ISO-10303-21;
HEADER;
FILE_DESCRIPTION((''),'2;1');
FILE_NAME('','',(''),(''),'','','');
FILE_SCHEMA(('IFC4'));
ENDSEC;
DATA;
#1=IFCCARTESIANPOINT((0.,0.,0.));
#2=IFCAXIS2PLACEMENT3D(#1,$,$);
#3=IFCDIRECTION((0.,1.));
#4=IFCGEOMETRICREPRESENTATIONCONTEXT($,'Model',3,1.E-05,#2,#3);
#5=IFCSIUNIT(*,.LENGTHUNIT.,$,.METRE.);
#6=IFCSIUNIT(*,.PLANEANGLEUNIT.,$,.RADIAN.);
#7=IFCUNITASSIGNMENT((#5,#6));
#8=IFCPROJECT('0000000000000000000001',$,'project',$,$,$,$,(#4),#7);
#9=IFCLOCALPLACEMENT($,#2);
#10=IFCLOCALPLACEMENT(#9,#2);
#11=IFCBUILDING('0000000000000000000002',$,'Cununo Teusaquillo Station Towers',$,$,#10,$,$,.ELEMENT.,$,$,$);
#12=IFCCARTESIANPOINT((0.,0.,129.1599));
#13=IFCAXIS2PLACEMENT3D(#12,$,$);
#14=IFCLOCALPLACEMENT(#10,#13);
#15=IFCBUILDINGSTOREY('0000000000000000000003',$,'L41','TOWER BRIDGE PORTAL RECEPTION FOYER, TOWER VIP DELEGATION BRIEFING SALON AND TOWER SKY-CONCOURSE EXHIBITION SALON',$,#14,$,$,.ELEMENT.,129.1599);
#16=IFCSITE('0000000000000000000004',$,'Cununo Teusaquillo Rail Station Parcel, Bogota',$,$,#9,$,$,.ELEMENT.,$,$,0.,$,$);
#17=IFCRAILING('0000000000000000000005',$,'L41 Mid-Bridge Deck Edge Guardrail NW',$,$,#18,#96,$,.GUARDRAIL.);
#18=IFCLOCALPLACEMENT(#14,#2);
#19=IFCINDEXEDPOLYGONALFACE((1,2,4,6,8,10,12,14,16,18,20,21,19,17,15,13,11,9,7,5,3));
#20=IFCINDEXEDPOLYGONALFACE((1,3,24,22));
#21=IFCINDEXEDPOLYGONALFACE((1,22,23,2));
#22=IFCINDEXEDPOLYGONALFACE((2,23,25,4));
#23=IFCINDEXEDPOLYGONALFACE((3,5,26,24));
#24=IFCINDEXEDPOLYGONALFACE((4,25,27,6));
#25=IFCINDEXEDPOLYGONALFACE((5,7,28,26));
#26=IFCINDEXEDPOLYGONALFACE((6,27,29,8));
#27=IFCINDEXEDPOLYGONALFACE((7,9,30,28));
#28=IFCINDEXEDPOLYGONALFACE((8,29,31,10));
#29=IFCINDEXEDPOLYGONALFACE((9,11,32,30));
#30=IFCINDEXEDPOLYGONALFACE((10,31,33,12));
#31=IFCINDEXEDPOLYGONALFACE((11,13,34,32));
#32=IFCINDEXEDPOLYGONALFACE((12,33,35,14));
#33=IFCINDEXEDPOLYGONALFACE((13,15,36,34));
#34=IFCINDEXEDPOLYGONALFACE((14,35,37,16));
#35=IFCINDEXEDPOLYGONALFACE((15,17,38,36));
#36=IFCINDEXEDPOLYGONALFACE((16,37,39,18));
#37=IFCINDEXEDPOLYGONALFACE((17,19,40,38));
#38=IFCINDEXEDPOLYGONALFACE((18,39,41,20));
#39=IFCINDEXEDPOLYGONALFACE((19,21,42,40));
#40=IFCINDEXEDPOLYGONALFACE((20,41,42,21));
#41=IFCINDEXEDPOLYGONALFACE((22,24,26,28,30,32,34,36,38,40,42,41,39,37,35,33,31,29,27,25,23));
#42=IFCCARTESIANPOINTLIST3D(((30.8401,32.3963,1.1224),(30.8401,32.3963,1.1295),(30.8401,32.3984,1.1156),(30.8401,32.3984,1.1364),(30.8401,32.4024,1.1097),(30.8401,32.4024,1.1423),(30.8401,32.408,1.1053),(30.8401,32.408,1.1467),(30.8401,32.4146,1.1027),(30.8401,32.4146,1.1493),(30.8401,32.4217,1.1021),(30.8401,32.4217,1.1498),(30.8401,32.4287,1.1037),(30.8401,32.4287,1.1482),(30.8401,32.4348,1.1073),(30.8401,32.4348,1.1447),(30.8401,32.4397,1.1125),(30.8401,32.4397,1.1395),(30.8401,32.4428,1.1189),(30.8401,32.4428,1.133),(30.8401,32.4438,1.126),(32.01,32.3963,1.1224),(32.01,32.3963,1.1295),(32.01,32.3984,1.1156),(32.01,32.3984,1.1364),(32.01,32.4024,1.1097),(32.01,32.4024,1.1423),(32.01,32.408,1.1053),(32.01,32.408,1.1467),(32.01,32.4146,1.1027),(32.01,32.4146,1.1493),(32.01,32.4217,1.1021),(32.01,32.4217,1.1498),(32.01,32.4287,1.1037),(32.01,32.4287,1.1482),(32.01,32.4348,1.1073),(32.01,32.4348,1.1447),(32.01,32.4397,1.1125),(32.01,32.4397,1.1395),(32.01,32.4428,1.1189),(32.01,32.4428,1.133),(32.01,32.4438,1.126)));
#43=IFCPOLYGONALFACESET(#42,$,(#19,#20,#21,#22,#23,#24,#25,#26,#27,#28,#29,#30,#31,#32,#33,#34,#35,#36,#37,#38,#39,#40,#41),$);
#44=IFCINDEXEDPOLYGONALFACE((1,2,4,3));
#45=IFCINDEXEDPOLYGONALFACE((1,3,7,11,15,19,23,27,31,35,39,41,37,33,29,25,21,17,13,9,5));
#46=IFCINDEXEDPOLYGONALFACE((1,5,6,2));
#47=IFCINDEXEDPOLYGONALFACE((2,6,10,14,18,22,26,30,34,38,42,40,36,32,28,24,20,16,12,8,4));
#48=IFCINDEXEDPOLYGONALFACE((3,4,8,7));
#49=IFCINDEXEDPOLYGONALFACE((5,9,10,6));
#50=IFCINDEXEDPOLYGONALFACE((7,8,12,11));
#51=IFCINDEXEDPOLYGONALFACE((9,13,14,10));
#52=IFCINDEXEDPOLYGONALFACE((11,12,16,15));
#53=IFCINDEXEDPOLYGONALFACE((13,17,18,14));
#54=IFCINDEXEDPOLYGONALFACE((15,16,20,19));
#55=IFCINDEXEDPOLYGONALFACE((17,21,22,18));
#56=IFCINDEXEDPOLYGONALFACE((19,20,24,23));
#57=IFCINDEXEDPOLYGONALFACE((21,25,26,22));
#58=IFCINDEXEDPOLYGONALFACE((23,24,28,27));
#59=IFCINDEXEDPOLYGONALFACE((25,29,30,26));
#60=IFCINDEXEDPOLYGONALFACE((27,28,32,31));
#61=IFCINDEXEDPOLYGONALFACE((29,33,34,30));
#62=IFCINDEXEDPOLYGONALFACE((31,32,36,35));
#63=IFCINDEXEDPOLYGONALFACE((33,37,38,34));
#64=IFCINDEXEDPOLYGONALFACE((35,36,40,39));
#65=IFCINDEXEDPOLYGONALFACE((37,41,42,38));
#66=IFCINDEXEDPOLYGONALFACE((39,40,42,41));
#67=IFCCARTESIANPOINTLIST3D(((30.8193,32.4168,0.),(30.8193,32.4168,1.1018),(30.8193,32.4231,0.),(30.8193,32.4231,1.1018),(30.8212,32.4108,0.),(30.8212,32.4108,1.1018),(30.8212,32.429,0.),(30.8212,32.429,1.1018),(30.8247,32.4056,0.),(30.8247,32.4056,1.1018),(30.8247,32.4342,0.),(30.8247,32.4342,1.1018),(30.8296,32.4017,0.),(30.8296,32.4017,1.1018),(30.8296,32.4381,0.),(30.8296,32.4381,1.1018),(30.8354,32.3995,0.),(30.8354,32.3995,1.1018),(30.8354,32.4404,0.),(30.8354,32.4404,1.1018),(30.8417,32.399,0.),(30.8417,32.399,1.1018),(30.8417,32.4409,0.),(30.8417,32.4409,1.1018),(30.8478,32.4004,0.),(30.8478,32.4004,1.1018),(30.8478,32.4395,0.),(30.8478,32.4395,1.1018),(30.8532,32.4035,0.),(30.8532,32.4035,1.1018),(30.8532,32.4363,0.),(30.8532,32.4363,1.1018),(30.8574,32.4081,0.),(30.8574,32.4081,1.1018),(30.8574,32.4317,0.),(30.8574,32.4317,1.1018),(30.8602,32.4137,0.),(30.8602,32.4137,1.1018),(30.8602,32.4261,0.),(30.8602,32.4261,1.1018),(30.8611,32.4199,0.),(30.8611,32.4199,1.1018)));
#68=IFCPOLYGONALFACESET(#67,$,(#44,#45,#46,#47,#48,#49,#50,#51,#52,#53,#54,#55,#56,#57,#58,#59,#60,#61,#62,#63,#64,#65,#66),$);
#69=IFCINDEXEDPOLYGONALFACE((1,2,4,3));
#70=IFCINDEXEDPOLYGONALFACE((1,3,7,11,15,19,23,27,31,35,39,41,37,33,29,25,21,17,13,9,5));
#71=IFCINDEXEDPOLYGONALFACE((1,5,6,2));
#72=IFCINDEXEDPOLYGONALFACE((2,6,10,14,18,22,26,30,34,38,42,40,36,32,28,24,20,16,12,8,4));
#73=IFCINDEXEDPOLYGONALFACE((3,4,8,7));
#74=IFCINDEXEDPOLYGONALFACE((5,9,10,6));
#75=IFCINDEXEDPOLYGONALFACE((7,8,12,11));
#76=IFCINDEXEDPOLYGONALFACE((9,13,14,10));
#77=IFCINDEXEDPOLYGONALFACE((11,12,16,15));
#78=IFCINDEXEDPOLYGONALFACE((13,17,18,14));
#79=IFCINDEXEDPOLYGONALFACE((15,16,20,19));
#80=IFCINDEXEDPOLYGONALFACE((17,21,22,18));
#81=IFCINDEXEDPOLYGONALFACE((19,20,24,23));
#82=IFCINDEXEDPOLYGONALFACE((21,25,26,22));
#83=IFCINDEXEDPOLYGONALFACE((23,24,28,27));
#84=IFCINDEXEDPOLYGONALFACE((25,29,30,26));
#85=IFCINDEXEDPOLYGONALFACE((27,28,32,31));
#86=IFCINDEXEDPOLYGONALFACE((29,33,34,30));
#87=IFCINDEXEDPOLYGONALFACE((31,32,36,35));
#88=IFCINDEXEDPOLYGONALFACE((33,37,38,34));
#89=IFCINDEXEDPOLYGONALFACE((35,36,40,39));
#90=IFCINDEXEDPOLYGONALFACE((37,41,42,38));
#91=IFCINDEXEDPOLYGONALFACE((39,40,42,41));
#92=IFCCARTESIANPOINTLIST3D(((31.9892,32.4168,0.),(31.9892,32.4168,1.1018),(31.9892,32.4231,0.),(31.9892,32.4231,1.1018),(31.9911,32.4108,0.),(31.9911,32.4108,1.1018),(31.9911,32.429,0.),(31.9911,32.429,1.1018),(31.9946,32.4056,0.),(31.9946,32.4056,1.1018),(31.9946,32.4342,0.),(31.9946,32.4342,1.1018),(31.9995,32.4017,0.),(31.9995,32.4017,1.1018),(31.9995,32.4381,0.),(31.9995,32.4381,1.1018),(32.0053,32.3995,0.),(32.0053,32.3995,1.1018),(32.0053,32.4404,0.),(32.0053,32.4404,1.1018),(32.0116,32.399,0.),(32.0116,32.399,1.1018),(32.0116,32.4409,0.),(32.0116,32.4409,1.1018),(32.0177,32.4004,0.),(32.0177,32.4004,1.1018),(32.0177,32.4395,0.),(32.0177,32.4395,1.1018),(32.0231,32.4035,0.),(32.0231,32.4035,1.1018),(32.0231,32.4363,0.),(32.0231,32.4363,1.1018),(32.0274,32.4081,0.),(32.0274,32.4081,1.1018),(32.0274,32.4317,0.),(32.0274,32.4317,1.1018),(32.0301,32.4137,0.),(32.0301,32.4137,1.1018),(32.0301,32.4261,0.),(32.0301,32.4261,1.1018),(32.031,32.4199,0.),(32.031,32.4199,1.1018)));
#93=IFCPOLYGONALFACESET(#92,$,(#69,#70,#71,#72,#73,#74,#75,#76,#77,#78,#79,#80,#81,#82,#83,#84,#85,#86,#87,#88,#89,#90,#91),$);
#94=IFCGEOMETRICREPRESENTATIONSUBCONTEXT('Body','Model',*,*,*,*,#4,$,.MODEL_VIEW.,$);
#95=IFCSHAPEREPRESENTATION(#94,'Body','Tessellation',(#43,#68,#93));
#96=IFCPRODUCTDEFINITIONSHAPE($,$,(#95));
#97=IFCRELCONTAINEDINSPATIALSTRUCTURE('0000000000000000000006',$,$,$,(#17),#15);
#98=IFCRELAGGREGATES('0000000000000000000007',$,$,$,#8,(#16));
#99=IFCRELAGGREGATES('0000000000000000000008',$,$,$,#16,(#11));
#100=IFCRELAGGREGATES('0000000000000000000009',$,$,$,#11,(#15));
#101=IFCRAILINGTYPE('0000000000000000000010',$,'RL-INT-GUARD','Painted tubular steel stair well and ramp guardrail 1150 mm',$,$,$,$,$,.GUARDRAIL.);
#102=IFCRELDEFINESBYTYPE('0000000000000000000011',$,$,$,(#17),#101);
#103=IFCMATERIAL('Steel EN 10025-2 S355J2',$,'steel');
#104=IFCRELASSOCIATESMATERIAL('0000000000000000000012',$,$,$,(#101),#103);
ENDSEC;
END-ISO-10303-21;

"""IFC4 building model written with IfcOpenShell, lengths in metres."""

from ifc_helpers import new_model, si_unit, direction, frame, origin, origin_2d, place, context, subcontext, project, spatial, circle, extrude, material, type_object, element, save


model = new_model("IFC4")

# Units and contexts
model_context = context("Model", 3, precision=1e-05, world=origin(), true_north=direction((0.0, 1.0)))
body_context = subcontext(model_context, "Body", "Model", "MODEL_VIEW")
ifc_project = project(units=[si_unit("LENGTHUNIT", "METRE"), si_unit("PLANEANGLEUNIT", "RADIAN")], contexts=[model_context])

# Site, building, storey
site_placement = place(None, origin())
site = spatial("IfcSite", under=ifc_project, at=site_placement, Name="Cununo Teusaquillo Rail Station Parcel, Bogota", CompositionType="ELEMENT", RefElevation=0.0)
building_placement = place(site_placement, origin())
building = spatial("IfcBuilding", under=site, at=building_placement, Name="Cununo Teusaquillo Station Towers", CompositionType="ELEMENT")
storey_placement = place(building_placement, frame((0.0, 0.0, 129.1599)))
storey = spatial("IfcBuildingStorey", under=building, at=storey_placement, Name="L41", Description="TOWER BRIDGE PORTAL RECEPTION FOYER, TOWER VIP DELEGATION BRIEFING SALON AND TOWER SKY-CONCOURSE EXHIBITION SALON", CompositionType="ELEMENT", Elevation=129.1599)

# Railing
ifc_material_1 = material(Name="Steel EN 10025-2 S355J2", Category="steel")
railing_type = type_object("IfcRailingType", Name="RL-INT-GUARD", Description="Painted tubular steel stair well and ramp guardrail 1150 mm", PredefinedType="GUARDRAIL", material=ifc_material_1)
railing_placement = place(storey_placement, frame((30.8401, 32.4199, 0.0)))
element("IfcRailing", 1, at=railing_placement, inside=storey, type_object=railing_type, Name="L41 Mid-Bridge Deck Edge Guardrail NW", PredefinedType="GUARDRAIL", context=body_context, shape_type="SweptSolid", body=[
    extrude(circle(Radius=0.0239, at=origin_2d()), frame((0.0, 0.0, 1.126), z_axis=(1.0, 0.0, 0.0), x_axis=(0.0, 1.0, 0.0)), (0.0, 0.0, 1.0), 1.1699),
    extrude(circle(Radius=0.021, at=origin_2d()), origin(), (0.0, 0.0, 1.0), 1.1018),
    extrude(circle(Radius=0.021, at=origin_2d()), frame((1.1699, 0.0, 0.0)), (0.0, 0.0, 1.0), 1.1018),
])

save(model, "model.ifc")
